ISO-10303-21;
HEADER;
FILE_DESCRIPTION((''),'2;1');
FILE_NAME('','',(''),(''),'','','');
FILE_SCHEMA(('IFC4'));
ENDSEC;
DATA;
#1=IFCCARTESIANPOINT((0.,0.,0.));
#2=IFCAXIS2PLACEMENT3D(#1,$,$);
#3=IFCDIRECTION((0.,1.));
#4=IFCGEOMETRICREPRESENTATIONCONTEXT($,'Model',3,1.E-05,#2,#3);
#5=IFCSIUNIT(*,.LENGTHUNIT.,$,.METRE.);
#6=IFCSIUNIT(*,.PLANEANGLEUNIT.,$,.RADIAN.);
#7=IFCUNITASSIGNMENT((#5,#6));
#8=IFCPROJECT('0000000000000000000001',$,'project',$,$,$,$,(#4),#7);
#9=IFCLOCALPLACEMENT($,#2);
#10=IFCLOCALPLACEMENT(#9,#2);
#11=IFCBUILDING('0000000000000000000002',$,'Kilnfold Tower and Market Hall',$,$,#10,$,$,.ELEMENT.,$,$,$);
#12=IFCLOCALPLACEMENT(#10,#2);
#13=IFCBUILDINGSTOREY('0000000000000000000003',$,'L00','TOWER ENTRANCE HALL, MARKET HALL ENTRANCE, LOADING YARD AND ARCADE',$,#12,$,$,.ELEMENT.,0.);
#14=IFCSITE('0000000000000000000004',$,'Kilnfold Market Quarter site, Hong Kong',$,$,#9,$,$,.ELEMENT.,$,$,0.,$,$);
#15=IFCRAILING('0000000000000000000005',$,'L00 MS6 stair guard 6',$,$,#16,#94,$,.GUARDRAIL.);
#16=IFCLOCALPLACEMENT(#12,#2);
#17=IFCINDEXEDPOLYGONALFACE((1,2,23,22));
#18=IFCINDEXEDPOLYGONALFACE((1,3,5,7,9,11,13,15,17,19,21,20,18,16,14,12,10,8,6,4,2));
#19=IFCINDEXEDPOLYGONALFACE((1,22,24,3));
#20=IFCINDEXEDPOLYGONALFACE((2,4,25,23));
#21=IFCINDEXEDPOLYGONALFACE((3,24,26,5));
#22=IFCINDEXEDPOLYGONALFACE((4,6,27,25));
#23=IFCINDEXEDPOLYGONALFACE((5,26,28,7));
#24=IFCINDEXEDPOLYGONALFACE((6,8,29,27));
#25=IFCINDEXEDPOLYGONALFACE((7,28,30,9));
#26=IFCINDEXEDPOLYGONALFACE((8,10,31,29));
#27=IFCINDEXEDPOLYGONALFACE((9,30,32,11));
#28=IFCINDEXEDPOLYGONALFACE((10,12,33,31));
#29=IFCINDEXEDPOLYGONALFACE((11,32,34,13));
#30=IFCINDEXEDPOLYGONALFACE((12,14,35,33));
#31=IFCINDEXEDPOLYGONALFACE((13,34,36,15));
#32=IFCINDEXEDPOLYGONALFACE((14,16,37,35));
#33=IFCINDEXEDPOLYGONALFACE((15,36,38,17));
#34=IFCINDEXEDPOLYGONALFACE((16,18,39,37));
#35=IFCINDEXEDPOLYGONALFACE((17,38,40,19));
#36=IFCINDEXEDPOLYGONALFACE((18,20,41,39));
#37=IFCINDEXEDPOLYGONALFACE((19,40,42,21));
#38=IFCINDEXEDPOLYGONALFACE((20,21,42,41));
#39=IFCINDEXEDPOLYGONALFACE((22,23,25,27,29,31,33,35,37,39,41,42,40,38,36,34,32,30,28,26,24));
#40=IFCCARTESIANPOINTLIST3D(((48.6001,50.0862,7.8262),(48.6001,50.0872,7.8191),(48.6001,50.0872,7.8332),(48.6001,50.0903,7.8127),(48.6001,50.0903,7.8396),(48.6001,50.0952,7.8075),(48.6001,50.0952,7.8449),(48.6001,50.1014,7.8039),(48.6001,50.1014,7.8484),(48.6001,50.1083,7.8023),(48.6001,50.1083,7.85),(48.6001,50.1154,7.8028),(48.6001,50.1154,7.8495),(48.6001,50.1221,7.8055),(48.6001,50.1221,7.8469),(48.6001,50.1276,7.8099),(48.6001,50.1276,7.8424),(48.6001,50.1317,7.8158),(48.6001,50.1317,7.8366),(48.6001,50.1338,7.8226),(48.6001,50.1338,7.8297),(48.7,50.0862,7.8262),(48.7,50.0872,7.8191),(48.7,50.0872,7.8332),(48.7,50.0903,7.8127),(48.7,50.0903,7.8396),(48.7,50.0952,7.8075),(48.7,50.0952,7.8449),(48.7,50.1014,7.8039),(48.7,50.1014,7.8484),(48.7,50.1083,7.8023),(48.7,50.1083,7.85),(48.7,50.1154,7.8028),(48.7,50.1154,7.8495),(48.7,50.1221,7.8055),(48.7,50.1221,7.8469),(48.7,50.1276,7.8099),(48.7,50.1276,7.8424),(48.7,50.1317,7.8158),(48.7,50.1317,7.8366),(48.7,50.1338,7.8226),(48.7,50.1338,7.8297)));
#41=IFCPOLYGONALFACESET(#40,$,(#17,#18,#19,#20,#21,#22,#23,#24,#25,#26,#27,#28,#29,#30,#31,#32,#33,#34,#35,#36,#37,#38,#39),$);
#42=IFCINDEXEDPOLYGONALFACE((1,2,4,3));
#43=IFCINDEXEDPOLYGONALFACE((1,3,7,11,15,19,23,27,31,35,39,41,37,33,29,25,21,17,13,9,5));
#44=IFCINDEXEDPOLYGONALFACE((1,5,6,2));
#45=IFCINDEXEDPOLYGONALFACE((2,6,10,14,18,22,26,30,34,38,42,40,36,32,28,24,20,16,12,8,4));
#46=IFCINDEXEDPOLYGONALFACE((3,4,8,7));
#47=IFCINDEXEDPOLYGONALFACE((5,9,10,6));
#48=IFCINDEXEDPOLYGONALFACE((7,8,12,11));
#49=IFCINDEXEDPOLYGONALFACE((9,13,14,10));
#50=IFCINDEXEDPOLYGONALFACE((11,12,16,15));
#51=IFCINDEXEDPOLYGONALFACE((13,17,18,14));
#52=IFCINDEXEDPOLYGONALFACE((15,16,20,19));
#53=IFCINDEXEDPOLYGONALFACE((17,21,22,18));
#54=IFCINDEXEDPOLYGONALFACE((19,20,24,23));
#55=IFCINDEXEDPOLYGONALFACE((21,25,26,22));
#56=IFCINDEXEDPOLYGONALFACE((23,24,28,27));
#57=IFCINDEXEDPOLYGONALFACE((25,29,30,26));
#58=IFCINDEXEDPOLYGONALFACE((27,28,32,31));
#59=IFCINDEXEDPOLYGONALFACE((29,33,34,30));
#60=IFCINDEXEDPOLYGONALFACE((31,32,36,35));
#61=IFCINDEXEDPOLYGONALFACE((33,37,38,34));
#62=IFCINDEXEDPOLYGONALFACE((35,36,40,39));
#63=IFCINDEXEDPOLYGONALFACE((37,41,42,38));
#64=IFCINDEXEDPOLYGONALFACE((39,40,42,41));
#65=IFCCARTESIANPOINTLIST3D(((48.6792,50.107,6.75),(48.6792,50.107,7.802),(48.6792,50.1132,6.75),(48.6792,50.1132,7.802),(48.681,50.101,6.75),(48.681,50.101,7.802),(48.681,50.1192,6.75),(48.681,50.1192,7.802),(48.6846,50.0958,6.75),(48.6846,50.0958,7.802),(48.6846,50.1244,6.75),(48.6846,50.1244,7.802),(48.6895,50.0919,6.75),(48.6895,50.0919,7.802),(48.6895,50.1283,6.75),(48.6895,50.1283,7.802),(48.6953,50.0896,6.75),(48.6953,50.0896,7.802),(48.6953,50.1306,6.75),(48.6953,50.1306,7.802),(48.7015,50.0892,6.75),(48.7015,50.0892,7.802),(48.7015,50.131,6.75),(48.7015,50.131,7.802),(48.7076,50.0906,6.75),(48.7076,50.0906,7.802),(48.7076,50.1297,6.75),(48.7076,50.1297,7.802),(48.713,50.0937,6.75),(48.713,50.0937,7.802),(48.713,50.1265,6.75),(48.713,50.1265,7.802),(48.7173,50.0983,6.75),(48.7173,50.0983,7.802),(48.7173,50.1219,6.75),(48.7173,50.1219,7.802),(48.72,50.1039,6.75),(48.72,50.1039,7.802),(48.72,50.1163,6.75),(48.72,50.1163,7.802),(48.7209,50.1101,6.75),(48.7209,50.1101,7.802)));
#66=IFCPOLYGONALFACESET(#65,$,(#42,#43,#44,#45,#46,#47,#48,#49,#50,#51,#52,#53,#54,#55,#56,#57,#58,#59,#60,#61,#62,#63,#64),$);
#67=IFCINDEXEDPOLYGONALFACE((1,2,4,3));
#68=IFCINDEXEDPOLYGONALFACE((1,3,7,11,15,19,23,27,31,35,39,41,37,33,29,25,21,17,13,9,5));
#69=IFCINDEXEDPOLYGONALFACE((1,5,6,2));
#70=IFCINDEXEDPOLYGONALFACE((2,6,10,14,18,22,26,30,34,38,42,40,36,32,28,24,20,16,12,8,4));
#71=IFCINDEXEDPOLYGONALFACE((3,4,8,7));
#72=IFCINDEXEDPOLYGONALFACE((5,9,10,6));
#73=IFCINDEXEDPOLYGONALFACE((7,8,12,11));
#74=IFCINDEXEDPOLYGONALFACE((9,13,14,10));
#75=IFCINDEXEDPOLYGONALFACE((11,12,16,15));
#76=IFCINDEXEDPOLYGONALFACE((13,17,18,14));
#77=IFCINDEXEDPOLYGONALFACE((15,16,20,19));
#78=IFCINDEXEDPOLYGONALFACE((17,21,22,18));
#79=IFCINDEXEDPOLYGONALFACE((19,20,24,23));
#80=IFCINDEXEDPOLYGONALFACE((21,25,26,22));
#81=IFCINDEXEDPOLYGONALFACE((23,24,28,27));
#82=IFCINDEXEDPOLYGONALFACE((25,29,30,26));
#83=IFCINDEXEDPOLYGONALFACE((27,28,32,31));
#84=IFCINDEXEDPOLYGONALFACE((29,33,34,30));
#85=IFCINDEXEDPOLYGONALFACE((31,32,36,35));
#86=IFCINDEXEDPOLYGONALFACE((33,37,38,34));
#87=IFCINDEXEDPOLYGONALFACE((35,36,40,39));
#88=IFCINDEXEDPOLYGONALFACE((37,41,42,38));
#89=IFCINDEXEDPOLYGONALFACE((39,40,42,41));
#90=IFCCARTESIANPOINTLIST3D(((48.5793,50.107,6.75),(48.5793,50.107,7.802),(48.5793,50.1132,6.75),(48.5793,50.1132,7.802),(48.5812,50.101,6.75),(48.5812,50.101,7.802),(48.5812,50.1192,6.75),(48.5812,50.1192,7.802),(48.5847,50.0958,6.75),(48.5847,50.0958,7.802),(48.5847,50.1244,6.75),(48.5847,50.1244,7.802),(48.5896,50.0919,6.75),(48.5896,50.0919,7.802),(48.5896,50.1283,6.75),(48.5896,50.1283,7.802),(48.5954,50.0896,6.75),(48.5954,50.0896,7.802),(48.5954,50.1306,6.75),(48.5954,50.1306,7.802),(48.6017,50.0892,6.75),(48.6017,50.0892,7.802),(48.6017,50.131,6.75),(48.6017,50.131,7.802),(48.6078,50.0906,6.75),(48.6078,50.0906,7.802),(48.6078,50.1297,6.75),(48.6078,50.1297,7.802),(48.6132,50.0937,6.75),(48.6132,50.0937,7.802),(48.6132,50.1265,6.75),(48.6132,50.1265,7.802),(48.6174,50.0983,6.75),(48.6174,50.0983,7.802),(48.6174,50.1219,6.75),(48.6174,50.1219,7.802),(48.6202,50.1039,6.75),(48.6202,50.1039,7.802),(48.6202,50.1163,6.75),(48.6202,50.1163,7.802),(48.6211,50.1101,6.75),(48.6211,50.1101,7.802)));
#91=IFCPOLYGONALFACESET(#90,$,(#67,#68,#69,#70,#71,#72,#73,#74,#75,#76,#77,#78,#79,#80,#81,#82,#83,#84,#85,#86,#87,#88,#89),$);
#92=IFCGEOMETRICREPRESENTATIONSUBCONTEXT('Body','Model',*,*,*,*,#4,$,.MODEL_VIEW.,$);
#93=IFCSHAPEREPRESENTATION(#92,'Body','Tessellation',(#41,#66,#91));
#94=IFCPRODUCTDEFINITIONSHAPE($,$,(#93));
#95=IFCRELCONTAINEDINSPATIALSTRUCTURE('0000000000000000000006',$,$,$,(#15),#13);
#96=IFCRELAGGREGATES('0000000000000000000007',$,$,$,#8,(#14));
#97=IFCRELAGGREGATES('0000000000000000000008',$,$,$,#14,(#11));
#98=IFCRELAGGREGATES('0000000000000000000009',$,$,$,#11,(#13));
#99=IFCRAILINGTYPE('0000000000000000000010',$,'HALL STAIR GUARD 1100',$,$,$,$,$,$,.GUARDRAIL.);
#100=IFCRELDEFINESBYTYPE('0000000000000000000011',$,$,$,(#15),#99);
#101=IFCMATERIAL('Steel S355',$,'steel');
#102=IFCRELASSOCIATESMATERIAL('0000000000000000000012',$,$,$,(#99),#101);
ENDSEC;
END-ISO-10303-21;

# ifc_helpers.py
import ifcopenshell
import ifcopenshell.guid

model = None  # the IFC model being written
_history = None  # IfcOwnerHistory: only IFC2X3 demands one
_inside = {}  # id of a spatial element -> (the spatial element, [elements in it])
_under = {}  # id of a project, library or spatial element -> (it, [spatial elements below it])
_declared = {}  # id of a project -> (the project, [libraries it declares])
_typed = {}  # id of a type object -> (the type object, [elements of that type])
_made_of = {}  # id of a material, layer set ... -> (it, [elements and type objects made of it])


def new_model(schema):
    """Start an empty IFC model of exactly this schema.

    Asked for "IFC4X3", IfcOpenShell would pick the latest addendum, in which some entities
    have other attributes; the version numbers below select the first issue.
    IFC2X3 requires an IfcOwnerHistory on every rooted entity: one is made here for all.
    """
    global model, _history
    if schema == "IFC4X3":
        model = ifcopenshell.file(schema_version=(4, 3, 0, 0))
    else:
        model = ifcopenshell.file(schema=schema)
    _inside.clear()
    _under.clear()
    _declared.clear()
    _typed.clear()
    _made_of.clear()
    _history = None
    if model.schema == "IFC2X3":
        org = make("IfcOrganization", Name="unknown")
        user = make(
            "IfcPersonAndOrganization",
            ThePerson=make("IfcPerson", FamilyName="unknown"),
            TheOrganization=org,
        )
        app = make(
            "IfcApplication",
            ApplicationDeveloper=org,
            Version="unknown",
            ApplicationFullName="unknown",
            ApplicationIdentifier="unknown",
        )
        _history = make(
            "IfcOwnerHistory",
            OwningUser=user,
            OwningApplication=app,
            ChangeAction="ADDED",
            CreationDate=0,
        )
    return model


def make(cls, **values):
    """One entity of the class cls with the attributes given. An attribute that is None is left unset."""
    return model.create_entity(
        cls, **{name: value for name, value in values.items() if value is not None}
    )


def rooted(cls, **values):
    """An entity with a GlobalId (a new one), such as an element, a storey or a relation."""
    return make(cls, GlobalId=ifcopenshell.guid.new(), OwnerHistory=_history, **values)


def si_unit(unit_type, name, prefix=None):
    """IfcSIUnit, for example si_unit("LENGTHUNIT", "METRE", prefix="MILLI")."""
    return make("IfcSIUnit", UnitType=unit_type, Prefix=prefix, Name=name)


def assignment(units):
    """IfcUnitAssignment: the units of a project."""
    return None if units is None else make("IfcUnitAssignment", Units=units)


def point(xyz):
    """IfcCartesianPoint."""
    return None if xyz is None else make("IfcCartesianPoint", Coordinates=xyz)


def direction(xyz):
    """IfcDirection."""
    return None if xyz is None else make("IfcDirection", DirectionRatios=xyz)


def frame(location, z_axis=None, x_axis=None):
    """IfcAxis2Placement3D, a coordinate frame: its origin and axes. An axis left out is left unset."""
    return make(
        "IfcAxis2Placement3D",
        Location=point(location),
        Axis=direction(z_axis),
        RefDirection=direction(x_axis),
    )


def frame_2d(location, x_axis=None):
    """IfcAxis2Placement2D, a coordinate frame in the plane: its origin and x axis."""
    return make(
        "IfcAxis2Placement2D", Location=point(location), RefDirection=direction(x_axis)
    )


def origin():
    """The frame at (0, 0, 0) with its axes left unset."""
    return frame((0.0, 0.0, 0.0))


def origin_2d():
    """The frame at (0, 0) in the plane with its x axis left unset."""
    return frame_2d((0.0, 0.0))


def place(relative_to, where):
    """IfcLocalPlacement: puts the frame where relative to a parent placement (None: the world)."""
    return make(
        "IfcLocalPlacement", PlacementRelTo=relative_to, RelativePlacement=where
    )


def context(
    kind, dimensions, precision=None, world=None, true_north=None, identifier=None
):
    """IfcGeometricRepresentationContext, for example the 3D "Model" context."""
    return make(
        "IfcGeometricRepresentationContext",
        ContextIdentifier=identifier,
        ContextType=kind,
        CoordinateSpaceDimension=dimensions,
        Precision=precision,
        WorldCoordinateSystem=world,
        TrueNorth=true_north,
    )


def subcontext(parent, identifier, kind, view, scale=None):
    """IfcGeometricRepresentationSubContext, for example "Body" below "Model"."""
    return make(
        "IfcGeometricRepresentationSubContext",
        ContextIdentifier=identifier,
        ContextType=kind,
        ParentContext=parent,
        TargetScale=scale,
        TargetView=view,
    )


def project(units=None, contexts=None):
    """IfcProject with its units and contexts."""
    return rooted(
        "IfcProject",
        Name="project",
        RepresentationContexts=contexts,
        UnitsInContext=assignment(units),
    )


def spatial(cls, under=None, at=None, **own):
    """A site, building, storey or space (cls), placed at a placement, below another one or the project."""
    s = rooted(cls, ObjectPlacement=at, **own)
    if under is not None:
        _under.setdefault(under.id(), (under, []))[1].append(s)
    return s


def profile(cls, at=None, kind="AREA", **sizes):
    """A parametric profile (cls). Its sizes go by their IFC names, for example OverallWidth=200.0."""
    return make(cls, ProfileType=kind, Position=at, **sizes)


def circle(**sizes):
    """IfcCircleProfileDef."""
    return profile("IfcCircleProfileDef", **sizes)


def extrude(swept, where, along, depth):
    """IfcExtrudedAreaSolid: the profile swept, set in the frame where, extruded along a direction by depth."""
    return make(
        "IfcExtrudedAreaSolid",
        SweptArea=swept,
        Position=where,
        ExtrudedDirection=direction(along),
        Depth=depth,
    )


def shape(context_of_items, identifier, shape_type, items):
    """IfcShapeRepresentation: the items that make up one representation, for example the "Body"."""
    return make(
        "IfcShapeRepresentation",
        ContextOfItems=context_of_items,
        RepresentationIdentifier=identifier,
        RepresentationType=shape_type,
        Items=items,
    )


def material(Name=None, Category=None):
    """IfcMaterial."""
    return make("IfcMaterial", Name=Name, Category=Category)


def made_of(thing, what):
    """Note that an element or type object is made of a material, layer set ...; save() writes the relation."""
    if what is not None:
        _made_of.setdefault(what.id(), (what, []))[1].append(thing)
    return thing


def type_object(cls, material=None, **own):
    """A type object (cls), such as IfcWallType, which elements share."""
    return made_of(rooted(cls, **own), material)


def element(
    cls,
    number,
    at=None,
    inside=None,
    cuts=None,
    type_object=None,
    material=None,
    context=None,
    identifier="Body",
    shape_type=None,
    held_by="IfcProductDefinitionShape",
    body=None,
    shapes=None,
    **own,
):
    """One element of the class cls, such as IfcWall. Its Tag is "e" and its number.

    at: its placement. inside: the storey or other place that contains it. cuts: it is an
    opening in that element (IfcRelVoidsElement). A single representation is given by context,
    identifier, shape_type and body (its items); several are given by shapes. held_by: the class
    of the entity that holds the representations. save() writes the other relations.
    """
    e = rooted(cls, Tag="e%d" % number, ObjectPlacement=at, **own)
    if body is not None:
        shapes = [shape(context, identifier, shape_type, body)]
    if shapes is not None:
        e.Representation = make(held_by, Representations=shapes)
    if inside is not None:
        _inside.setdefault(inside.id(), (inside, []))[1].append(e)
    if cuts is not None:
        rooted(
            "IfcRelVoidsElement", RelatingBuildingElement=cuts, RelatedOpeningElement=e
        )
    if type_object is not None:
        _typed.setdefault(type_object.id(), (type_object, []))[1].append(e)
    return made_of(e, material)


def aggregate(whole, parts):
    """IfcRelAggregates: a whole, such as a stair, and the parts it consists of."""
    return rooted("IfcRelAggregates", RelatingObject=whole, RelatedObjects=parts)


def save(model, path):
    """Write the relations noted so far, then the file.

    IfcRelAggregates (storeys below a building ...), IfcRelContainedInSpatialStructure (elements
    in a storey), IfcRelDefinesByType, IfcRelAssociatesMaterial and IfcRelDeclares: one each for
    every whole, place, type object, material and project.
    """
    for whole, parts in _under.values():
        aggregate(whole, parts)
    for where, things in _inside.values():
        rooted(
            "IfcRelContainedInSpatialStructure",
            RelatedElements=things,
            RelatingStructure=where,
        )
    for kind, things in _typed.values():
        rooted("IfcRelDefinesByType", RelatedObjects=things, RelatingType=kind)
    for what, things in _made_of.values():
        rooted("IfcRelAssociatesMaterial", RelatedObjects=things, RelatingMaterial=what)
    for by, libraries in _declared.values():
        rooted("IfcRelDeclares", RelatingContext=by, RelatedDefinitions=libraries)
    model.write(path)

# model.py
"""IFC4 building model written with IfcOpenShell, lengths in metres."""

from ifc_helpers import new_model, si_unit, direction, frame, origin, origin_2d, place, context, subcontext, project, spatial, circle, extrude, material, type_object, element, save


model = new_model("IFC4")

# Units and contexts
model_context = context("Model", 3, precision=1e-05, world=origin(), true_north=direction((0.0, 1.0)))
body_context = subcontext(model_context, "Body", "Model", "MODEL_VIEW")
ifc_project = project(units=[si_unit("LENGTHUNIT", "METRE"), si_unit("PLANEANGLEUNIT", "RADIAN")], contexts=[model_context])

# Site, building, storey
site_placement = place(None, origin())
site = spatial("IfcSite", under=ifc_project, at=site_placement, Name="Kilnfold Market Quarter site, Hong Kong", CompositionType="ELEMENT", RefElevation=0.0)
building_placement = place(site_placement, origin())
building = spatial("IfcBuilding", under=site, at=building_placement, Name="Kilnfold Tower and Market Hall", CompositionType="ELEMENT")
storey_placement = place(building_placement, origin())
storey = spatial("IfcBuildingStorey", under=building, at=storey_placement, Name="L00", Description="TOWER ENTRANCE HALL, MARKET HALL ENTRANCE, LOADING YARD AND ARCADE", CompositionType="ELEMENT", Elevation=0.0)

# Railing
ifc_material_1 = material(Name="Steel S355", Category="steel")
railing_type_1 = type_object("IfcRailingType", Name="HALL STAIR GUARD 1100", PredefinedType="GUARDRAIL", material=ifc_material_1)
railing_1_placement = place(storey_placement, frame((48.7, 50.1101, 6.75)))
element("IfcRailing", 1, at=railing_1_placement, inside=storey, type_object=railing_type_1, Name="L00 MS6 stair guard 6", PredefinedType="GUARDRAIL", context=body_context, shape_type="SweptSolid", body=[
    extrude(circle(Radius=0.0239, at=origin_2d()), frame((0.0, 0.0, 1.0762), z_axis=(-1.0, 0.0, 0.0), x_axis=(0.0, -1.0, 0.0)), (0.0, 0.0, 1.0), 0.0999),
    extrude(circle(Radius=0.021, at=origin_2d()), origin(), (0.0, 0.0, 1.0), 1.052),
    extrude(circle(Radius=0.021, at=origin_2d()), frame((-0.0999, 0.0, 0.0)), (0.0, 0.0, 1.0), 1.052),
])

save(model, "model.ifc")
